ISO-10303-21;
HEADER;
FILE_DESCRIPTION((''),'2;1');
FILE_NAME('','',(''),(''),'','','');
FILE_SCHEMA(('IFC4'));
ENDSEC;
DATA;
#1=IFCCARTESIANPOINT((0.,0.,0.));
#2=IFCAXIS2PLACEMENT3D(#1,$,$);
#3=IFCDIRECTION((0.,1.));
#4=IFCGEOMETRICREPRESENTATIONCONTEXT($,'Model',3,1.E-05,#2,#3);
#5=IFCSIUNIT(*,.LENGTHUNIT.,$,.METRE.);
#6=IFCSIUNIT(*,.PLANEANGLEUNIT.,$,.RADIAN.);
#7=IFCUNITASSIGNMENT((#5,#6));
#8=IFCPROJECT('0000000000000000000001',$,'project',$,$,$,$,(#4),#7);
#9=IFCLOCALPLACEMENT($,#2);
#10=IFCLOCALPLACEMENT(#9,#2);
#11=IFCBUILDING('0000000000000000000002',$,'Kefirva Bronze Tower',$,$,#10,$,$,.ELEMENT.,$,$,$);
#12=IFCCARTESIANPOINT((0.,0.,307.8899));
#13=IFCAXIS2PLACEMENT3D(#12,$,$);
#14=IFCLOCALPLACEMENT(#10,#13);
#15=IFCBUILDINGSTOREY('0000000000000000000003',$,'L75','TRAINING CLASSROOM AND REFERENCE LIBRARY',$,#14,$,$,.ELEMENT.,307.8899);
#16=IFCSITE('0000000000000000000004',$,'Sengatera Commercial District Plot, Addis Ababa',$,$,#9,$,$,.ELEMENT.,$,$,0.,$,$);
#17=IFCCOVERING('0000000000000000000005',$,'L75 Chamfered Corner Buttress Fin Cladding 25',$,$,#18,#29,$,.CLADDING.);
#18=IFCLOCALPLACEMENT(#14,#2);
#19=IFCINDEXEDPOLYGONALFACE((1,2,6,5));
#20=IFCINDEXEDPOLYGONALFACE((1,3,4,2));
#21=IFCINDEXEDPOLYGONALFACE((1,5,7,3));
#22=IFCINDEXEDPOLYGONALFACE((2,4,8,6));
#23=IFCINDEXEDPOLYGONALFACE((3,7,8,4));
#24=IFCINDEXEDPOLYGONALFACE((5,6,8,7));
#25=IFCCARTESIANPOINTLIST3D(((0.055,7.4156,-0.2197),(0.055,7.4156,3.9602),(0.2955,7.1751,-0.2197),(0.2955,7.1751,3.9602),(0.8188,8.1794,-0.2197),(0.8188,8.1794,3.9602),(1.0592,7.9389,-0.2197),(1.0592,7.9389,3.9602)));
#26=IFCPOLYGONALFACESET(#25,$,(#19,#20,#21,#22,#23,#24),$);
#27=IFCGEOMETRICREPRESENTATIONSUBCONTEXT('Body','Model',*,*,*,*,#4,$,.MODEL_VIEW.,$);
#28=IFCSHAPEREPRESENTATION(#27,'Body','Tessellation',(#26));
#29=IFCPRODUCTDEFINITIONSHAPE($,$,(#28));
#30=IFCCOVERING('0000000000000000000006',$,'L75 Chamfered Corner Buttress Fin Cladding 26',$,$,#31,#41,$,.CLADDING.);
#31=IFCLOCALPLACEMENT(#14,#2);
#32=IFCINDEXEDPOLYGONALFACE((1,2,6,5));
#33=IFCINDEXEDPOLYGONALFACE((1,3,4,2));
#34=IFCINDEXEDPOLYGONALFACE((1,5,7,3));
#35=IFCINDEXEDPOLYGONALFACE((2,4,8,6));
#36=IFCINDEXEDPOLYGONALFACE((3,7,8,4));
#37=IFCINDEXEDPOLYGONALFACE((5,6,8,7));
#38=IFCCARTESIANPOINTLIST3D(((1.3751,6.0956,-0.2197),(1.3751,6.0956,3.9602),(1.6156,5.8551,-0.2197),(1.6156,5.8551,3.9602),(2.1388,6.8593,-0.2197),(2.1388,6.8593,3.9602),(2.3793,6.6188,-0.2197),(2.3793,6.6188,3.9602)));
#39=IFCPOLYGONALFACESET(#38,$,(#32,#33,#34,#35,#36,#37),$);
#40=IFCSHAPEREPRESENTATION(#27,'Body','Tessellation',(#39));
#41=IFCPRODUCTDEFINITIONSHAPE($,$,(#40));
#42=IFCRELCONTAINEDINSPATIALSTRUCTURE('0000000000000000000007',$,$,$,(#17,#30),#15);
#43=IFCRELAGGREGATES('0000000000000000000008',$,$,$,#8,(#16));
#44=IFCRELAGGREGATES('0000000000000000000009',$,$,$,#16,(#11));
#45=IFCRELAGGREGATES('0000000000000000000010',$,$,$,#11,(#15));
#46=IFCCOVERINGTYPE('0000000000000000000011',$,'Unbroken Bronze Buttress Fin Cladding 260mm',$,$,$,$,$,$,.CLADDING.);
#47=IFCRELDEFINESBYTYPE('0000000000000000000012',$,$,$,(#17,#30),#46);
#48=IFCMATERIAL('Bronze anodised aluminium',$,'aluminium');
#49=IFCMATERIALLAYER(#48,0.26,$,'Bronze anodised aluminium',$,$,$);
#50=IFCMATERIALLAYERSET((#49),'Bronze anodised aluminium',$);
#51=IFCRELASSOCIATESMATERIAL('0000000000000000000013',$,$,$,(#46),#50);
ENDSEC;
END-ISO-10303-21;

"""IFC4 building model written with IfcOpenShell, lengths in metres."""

from ifc_helpers import new_model, si_unit, direction, frame, origin, origin_2d, place, context, subcontext, project, spatial, rectangle, extrude, material, layer, layer_set, type_object, element, save


model = new_model("IFC4")

# Units and contexts
model_context = context("Model", 3, precision=1e-05, world=origin(), true_north=direction((0.0, 1.0)))
body_context = subcontext(model_context, "Body", "Model", "MODEL_VIEW")
ifc_project = project(units=[si_unit("LENGTHUNIT", "METRE"), si_unit("PLANEANGLEUNIT", "RADIAN")], contexts=[model_context])

# Site, building, storey
site_placement = place(None, origin())
site = spatial("IfcSite", under=ifc_project, at=site_placement, Name="Sengatera Commercial District Plot, Addis Ababa", CompositionType="ELEMENT", RefElevation=0.0)
building_placement = place(site_placement, origin())
building = spatial("IfcBuilding", under=site, at=building_placement, Name="Kefirva Bronze Tower", CompositionType="ELEMENT")
storey_placement = place(building_placement, frame((0.0, 0.0, 307.8899)))
storey = spatial("IfcBuildingStorey", under=building, at=storey_placement, Name="L75", Description="TRAINING CLASSROOM AND REFERENCE LIBRARY", CompositionType="ELEMENT", Elevation=307.8899)

# Shared definitions
ifc_material_1 = material(Name="Bronze anodised aluminium", Category="aluminium")

# Coverings
ifc_layer_1 = layer(ifc_material_1, 0.26, Name="Bronze anodised aluminium")
ifc_layer_set_1 = layer_set([ifc_layer_1], Name="Bronze anodised aluminium")
covering_type_1 = type_object("IfcCoveringType", Name="Unbroken Bronze Buttress Fin Cladding 260mm", PredefinedType="CLADDING", material=ifc_layer_set_1)
for number, where, z_axis, x_axis, name in (
    (1, (0.5571, 7.6772, -0.2197), (0.0, 0.0, 1.0), (0.707107, -0.707107, 0.0), "L75 Chamfered Corner Buttress Fin Cladding 25"),
    (2, (1.8772, 6.3572, -0.2197), (0.0, 0.0, 1.0), (0.707107, -0.707107, 0.0), "L75 Chamfered Corner Buttress Fin Cladding 26"),
):
    element("IfcCovering", number, at=place(storey_placement, frame(where, z_axis=z_axis, x_axis=x_axis)), inside=storey, type_object=covering_type_1, Name=name, PredefinedType="CLADDING", context=body_context, shape_type="SweptSolid", body=[
        extrude(rectangle(XDim=0.3401, YDim=1.0801, at=origin_2d()), origin(), (0.0, 0.0, 1.0), 4.1799),
    ])

save(model, "model.ifc")
